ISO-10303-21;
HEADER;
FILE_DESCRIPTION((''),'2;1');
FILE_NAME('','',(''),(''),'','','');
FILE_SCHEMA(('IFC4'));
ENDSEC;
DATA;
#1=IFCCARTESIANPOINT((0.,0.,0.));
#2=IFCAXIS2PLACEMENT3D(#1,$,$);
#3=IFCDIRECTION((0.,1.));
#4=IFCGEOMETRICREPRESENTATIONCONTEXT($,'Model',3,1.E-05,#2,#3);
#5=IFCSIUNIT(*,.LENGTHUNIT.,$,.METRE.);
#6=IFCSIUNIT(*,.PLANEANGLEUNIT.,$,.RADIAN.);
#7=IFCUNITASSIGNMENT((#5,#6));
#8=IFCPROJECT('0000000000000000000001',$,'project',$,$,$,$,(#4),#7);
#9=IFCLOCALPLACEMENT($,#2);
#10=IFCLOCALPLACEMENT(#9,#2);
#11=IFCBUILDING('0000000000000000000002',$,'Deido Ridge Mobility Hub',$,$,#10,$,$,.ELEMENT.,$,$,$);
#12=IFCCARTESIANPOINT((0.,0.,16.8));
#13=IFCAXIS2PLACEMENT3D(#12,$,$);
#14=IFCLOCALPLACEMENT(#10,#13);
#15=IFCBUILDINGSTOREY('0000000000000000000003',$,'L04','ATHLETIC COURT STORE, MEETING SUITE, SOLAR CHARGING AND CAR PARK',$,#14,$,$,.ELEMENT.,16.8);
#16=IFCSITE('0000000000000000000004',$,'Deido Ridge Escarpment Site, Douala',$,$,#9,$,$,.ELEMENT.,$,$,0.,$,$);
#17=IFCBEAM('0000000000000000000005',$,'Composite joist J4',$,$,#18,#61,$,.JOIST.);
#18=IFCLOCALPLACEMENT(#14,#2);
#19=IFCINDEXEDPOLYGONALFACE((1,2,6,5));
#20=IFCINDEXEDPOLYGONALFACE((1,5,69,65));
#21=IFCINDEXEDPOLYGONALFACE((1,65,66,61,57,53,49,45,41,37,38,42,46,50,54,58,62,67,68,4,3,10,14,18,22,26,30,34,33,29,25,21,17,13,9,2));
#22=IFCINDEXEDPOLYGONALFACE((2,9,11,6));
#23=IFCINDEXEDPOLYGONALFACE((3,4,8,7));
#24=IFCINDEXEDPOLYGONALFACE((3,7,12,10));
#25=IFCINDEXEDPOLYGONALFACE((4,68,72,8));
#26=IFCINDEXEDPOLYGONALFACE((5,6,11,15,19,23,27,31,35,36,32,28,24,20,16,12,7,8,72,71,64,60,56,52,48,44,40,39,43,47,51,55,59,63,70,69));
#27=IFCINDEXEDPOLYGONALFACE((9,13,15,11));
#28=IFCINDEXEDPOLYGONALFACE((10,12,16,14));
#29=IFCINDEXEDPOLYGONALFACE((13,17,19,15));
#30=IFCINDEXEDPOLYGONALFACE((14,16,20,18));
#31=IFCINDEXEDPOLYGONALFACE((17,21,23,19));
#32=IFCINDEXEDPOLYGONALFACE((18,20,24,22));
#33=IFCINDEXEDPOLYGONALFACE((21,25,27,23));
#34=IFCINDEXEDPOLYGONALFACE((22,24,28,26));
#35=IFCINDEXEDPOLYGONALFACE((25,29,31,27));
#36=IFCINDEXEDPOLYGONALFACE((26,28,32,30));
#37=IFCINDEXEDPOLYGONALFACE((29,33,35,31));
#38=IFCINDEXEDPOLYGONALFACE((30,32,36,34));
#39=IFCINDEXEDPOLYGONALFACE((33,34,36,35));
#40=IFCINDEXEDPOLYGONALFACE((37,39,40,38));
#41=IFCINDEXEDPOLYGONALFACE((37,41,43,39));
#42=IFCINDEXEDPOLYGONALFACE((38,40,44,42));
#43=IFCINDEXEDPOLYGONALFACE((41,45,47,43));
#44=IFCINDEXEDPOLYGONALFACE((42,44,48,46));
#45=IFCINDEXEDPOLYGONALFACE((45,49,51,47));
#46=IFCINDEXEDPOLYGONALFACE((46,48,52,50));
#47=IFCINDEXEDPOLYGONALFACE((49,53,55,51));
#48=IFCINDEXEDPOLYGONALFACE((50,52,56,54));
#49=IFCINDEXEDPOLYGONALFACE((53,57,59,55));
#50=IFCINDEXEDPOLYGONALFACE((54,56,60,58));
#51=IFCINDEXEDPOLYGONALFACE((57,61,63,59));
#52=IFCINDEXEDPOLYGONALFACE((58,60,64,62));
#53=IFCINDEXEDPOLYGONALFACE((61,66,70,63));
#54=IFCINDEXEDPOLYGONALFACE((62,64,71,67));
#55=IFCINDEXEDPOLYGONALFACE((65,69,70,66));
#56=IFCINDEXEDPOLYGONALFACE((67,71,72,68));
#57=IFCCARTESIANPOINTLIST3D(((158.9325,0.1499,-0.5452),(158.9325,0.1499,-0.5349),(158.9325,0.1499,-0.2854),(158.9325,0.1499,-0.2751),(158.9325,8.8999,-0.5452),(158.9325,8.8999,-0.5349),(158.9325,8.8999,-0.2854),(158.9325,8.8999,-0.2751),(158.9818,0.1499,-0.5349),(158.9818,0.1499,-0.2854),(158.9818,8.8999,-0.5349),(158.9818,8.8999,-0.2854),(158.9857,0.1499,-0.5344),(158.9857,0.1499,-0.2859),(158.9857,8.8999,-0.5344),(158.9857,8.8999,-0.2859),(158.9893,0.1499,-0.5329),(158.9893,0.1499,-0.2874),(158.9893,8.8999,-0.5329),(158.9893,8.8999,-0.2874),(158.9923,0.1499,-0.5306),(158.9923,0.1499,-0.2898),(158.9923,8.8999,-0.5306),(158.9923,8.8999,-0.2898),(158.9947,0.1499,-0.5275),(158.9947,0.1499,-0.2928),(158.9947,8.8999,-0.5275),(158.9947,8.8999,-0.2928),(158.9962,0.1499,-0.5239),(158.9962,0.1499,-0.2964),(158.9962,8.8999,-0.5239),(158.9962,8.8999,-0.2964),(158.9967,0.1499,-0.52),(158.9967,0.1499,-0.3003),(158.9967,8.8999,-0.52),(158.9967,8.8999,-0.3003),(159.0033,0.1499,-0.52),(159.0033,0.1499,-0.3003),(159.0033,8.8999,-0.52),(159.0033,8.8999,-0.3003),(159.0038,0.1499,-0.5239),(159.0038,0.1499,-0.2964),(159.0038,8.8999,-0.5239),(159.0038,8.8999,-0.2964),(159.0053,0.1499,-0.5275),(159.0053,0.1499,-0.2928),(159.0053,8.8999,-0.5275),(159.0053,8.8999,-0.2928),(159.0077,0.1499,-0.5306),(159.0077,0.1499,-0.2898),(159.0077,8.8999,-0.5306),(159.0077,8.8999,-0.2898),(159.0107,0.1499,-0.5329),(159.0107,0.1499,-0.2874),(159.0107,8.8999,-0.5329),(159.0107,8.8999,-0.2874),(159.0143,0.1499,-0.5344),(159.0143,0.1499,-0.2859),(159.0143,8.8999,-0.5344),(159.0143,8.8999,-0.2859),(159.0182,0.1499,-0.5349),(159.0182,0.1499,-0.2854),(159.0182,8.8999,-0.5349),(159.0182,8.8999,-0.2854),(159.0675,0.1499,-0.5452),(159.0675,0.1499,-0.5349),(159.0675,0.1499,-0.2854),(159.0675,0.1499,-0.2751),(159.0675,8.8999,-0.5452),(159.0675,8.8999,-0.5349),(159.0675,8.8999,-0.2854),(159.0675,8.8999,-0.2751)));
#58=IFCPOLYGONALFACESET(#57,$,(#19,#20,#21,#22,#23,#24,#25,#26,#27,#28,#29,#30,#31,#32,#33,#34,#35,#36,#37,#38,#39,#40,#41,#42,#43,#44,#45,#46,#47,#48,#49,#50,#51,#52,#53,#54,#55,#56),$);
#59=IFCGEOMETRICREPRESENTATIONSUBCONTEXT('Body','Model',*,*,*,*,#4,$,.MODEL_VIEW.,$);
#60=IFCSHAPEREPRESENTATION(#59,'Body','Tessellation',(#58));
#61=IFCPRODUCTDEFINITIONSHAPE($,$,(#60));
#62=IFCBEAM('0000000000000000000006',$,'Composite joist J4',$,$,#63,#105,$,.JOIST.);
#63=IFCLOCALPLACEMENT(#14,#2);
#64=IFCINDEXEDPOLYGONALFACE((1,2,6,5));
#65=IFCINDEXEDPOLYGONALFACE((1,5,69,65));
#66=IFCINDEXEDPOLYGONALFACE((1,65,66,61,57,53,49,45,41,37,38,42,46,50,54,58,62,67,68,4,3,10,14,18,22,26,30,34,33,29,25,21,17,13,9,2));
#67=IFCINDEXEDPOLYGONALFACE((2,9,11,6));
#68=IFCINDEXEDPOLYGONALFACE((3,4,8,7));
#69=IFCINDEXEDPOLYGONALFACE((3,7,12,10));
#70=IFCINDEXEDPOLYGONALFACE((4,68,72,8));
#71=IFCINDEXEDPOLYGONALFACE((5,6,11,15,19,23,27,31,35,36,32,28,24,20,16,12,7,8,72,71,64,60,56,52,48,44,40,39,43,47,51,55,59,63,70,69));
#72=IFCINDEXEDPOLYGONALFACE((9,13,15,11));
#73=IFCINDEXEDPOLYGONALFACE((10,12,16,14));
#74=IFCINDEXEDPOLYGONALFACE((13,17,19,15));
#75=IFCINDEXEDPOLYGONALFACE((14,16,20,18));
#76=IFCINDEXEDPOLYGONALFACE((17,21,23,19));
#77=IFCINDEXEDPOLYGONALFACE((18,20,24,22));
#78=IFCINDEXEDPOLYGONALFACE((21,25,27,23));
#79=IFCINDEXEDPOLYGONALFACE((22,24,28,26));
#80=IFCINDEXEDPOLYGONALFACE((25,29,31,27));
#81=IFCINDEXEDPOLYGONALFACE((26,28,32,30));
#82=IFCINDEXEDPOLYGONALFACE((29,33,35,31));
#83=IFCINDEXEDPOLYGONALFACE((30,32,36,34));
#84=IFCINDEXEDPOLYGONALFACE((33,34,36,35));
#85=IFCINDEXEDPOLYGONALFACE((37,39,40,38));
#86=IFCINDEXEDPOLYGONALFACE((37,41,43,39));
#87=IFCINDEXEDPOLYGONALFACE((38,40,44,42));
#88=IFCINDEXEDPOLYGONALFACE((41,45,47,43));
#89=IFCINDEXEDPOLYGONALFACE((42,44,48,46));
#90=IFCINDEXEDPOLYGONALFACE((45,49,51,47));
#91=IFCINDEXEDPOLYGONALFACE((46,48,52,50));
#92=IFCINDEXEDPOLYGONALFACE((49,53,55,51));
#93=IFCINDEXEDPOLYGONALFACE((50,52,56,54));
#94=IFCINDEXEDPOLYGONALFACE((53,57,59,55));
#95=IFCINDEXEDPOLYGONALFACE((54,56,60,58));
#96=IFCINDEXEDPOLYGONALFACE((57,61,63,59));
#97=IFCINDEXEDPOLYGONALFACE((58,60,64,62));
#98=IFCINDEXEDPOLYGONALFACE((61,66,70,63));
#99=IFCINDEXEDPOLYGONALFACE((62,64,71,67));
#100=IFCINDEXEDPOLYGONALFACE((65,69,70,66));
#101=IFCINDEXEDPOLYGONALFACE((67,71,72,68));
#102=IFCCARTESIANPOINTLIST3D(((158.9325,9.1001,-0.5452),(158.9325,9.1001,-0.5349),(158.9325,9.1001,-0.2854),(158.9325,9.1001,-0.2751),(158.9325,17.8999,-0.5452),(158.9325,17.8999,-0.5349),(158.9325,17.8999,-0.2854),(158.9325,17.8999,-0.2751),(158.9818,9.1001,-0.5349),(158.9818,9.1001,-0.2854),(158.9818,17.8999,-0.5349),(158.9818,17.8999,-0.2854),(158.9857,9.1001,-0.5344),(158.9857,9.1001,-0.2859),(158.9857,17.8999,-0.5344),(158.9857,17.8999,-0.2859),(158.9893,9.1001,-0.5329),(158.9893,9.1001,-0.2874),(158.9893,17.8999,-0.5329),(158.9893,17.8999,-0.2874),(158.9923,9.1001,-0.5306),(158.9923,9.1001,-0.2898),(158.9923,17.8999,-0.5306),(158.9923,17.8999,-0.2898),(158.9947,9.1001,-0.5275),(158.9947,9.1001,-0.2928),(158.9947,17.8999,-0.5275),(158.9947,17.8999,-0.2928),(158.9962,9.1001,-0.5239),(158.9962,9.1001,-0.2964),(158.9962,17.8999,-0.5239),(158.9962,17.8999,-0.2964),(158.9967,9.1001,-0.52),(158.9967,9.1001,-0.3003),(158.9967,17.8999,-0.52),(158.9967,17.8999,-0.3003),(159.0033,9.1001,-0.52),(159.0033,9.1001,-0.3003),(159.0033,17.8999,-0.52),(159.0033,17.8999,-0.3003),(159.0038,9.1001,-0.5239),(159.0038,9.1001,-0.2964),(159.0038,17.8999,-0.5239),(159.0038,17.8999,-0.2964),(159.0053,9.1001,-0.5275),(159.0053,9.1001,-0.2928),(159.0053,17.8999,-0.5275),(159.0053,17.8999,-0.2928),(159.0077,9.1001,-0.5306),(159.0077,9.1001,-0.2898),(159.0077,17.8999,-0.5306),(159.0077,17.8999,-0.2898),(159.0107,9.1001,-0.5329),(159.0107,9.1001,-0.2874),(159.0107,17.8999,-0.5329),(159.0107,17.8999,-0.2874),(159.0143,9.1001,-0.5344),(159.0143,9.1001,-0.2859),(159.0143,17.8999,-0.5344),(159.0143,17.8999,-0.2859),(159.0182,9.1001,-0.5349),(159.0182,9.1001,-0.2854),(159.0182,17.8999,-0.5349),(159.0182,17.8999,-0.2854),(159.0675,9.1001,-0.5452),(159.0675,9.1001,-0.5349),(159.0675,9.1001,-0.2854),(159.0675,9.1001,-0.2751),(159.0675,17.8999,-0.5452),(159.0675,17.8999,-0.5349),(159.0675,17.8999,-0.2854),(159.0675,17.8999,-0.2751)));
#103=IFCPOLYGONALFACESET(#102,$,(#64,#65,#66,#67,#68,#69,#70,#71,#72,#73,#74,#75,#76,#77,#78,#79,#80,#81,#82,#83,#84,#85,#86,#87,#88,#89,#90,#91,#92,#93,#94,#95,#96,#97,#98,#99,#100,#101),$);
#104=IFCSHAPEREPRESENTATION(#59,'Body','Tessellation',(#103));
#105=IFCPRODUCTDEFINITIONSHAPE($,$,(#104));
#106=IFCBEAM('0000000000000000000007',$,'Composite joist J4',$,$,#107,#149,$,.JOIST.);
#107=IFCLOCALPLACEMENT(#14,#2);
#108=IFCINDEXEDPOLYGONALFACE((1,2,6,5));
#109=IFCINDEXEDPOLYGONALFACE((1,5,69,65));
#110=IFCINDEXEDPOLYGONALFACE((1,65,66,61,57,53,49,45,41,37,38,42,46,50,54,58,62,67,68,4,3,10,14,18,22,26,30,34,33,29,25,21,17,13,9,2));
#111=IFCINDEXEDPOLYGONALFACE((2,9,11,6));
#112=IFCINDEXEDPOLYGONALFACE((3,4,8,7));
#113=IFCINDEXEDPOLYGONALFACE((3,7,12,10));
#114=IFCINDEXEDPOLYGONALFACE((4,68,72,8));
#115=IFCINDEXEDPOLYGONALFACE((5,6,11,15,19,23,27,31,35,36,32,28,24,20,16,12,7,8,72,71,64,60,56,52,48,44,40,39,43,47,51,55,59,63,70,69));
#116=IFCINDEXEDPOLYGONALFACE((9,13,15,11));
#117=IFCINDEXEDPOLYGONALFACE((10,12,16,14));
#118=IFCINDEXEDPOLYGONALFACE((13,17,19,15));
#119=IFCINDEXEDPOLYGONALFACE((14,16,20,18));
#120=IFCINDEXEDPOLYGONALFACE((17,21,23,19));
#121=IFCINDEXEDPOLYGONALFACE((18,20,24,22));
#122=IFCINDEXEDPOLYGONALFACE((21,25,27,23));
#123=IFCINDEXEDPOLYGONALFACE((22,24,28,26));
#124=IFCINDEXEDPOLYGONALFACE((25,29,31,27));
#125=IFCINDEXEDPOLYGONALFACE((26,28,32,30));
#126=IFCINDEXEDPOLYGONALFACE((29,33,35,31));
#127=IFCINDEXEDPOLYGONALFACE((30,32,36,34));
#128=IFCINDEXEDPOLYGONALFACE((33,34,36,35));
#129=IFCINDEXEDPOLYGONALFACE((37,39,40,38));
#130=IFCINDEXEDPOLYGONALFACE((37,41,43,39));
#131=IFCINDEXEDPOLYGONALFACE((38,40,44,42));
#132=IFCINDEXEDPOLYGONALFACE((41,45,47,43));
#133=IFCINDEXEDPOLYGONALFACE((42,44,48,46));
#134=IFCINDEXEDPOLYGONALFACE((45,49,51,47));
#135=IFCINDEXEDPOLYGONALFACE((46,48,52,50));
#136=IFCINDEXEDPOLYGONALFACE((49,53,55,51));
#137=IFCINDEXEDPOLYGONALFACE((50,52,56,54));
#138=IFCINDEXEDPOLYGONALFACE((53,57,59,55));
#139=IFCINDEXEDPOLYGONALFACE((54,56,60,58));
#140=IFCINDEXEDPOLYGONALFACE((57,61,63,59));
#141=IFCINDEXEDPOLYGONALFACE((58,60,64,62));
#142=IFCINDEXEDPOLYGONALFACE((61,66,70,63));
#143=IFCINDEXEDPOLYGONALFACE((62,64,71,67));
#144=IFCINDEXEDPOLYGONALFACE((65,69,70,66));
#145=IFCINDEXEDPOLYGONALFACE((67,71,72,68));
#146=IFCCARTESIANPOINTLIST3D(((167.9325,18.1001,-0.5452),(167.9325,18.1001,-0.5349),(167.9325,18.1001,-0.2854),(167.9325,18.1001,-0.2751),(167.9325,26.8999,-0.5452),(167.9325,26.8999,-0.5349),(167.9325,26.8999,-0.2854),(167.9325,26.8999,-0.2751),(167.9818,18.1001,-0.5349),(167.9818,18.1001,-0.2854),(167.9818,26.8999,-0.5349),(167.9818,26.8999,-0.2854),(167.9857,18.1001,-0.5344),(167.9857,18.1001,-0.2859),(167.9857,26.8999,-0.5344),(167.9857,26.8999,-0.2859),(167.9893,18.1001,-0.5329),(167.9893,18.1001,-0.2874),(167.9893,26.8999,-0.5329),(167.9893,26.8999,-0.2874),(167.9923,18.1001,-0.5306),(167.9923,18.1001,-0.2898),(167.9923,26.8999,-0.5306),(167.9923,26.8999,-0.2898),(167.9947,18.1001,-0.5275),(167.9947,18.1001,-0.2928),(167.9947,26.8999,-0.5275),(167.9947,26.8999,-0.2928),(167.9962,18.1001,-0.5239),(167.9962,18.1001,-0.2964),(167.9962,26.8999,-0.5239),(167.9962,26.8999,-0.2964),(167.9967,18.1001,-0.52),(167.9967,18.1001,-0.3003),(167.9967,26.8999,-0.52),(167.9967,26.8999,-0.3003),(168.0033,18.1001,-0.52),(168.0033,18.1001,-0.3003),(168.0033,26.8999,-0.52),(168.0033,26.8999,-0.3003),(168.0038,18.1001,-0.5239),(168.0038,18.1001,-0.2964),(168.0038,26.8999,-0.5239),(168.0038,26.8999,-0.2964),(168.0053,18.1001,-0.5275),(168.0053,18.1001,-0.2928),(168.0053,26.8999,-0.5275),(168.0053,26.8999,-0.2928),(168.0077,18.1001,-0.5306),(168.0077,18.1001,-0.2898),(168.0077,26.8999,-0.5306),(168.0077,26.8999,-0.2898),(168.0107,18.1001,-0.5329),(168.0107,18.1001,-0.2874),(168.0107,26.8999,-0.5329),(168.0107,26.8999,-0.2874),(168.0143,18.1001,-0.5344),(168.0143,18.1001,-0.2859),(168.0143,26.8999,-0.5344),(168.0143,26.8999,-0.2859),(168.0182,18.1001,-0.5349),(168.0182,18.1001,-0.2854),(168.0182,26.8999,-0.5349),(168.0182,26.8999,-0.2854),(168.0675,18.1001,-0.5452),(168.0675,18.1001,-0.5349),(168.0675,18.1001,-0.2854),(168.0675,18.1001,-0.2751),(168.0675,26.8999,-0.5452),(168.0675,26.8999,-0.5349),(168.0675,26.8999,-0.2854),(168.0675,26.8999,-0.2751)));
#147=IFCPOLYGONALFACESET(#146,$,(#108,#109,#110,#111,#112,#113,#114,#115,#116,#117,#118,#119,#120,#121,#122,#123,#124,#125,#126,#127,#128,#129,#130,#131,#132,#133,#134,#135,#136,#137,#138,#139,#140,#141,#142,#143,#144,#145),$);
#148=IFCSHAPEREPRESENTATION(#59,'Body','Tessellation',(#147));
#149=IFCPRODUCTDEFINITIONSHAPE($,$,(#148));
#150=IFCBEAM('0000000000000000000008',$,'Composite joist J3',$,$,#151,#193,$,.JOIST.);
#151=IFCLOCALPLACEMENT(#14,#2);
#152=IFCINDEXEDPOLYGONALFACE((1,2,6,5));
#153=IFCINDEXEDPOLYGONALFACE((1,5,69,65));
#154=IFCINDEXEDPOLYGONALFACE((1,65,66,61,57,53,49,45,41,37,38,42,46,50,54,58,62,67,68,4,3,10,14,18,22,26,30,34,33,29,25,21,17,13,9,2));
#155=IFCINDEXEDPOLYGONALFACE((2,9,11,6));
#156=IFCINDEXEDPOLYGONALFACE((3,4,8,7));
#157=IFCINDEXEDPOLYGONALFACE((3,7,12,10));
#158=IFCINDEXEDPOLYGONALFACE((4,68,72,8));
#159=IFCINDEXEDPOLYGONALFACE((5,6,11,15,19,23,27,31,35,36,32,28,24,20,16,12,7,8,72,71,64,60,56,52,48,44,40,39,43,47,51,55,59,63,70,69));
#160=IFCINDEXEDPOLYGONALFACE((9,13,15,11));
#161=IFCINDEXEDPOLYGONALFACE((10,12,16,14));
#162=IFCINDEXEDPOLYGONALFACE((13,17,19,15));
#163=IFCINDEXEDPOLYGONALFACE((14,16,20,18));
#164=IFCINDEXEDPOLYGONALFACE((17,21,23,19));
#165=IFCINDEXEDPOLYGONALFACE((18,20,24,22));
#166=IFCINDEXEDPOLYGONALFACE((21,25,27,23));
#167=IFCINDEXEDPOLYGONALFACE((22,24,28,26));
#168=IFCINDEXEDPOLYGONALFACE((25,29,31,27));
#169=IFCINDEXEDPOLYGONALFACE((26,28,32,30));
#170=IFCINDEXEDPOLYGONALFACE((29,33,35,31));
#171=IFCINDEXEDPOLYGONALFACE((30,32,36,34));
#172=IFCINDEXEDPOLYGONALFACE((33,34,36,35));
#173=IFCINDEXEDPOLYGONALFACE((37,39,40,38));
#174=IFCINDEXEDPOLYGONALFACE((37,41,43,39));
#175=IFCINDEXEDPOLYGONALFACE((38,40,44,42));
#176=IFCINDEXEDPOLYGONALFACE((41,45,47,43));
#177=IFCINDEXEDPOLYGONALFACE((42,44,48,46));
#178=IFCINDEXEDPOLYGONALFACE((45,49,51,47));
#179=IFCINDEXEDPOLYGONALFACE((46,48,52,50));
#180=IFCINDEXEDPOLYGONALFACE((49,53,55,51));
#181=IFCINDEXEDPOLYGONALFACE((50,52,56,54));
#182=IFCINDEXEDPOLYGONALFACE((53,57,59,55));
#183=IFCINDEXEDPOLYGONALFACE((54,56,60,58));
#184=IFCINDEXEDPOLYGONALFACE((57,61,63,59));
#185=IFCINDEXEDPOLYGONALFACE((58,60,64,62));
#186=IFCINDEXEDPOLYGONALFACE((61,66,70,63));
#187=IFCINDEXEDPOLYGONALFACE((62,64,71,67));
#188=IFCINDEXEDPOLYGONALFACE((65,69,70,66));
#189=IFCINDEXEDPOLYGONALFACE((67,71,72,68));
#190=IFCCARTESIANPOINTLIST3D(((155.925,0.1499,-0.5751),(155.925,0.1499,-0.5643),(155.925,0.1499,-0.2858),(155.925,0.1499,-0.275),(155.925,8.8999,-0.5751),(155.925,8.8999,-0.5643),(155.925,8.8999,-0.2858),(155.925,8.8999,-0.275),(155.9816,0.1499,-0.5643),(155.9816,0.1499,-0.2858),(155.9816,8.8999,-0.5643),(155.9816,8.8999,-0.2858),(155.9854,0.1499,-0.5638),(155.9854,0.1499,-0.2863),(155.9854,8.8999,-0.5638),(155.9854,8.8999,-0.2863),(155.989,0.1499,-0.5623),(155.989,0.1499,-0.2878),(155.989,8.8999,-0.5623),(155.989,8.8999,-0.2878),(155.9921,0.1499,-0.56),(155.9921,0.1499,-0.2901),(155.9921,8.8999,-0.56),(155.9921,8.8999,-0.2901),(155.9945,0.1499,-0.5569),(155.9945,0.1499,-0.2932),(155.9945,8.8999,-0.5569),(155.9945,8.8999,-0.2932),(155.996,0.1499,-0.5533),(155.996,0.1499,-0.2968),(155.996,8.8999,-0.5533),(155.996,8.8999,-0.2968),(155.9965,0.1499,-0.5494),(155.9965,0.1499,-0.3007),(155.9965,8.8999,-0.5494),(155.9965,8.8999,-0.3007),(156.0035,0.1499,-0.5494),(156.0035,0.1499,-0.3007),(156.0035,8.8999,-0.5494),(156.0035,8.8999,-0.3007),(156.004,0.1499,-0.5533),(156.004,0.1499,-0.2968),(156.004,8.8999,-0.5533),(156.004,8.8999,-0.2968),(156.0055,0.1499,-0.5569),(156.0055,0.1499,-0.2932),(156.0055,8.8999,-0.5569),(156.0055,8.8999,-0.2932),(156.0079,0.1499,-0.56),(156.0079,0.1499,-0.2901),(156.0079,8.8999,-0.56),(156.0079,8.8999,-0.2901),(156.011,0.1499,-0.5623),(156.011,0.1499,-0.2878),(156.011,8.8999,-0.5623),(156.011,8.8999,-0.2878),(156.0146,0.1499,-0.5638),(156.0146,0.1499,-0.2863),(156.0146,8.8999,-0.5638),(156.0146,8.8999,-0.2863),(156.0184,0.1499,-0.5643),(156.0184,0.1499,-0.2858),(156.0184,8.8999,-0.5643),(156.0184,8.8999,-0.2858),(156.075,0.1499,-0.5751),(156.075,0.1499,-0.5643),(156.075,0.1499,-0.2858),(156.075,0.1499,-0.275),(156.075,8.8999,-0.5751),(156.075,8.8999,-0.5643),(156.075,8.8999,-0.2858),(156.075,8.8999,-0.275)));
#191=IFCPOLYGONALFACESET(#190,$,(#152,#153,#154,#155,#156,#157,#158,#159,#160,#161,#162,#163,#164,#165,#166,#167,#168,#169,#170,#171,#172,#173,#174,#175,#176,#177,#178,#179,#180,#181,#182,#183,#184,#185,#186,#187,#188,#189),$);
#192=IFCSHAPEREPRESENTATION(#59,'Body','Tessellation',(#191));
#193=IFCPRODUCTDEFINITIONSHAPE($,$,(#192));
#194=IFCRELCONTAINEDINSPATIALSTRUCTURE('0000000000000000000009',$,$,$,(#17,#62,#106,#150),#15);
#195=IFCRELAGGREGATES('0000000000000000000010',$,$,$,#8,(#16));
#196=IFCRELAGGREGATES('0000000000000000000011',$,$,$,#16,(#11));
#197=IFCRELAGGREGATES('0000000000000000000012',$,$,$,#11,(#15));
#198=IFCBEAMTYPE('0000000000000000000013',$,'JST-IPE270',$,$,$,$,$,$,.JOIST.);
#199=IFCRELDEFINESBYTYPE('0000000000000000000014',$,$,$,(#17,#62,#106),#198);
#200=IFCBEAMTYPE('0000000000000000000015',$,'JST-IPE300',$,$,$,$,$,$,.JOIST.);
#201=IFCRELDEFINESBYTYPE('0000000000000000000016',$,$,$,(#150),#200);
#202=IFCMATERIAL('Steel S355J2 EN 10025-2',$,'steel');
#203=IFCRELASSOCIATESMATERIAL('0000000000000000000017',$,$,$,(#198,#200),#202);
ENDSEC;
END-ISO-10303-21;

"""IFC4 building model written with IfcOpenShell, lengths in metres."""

from ifc_helpers import new_model, si_unit, direction, frame, origin, origin_2d, place, context, subcontext, project, spatial, i_section, extrude, material, material_profile, profile_set, type_object, element, save


model = new_model("IFC4")

# Units and contexts
model_context = context("Model", 3, precision=1e-05, world=origin(), true_north=direction((0.0, 1.0)))
body_context = subcontext(model_context, "Body", "Model", "MODEL_VIEW")
ifc_project = project(units=[si_unit("LENGTHUNIT", "METRE"), si_unit("PLANEANGLEUNIT", "RADIAN")], contexts=[model_context])

# Site, building, storey
site_placement = place(None, origin())
site = spatial("IfcSite", under=ifc_project, at=site_placement, Name="Deido Ridge Escarpment Site, Douala", CompositionType="ELEMENT", RefElevation=0.0)
building_placement = place(site_placement, origin())
building = spatial("IfcBuilding", under=site, at=building_placement, Name="Deido Ridge Mobility Hub", CompositionType="ELEMENT")
storey_placement = place(building_placement, frame((0.0, 0.0, 16.8)))
storey = spatial("IfcBuildingStorey", under=building, at=storey_placement, Name="L04", Description="ATHLETIC COURT STORE, MEETING SUITE, SOLAR CHARGING AND CAR PARK", CompositionType="ELEMENT", Elevation=16.8)

# Shared definitions
ifc_material_1 = material(Name="Steel S355J2 EN 10025-2", Category="steel")

# Beams
ifc_material_profile_1 = material_profile(ifc_material_1, i_section(OverallWidth=0.135, OverallDepth=0.27, WebThickness=0.0066, FlangeThickness=0.0103, FilletRadius=0.0149, at=origin_2d()), Name="IPE 270")
ifc_profile_set_1 = profile_set([ifc_material_profile_1], Name="Steel S355J2 EN 10025-2")
beam_type_1 = type_object("IfcBeamType", Name="JST-IPE270", PredefinedType="JOIST", material=ifc_profile_set_1)
beam_1_placement = place(storey_placement, frame((159.0, 0.1499, -0.4102), z_axis=(0.0, 1.0, 0.0), x_axis=(-1.0, 0.0, 0.0)))
element("IfcBeam", 1, at=beam_1_placement, inside=storey, type_object=beam_type_1, Name="Composite joist J4", PredefinedType="JOIST", context=body_context, shape_type="SweptSolid", body=[
    extrude(i_section(OverallWidth=0.135, OverallDepth=0.27, WebThickness=0.0066, FlangeThickness=0.0103, FilletRadius=0.0149, at=origin_2d()), origin(), (0.0, 0.0, 1.0), 8.75),
])
for number, where, z_axis, x_axis, name in (
    (2, (159.0, 9.1001, -0.4102), (0.0, 1.0, 0.0), (-1.0, 0.0, 0.0), "Composite joist J4"),
    (3, (168.0, 18.1001, -0.4102), (0.0, 1.0, 0.0), (-1.0, 0.0, 0.0), "Composite joist J4"),
):
    element("IfcBeam", number, at=place(storey_placement, frame(where, z_axis=z_axis, x_axis=x_axis)), inside=storey, type_object=beam_type_1, Name=name, PredefinedType="JOIST", context=body_context, shape_type="SweptSolid", body=[
        extrude(i_section(OverallWidth=0.135, OverallDepth=0.27, WebThickness=0.0066, FlangeThickness=0.0103, FilletRadius=0.0149, at=origin_2d()), origin(), (0.0, 0.0, 1.0), 8.7998),
    ])
ifc_material_profile_2 = material_profile(ifc_material_1, i_section(OverallWidth=0.1499, OverallDepth=0.3, WebThickness=0.0071, FlangeThickness=0.0107, FilletRadius=0.0149, at=origin_2d()), Name="IPE 300")
ifc_profile_set_2 = profile_set([ifc_material_profile_2], Name="Steel S355J2 EN 10025-2")
beam_type_2 = type_object("IfcBeamType", Name="JST-IPE300", PredefinedType="JOIST", material=ifc_profile_set_2)
beam_2_placement = place(storey_placement, frame((156.0, 0.1499, -0.425), z_axis=(0.0, 1.0, 0.0), x_axis=(-1.0, 0.0, 0.0)))
element("IfcBeam", 4, at=beam_2_placement, inside=storey, type_object=beam_type_2, Name="Composite joist J3", PredefinedType="JOIST", context=body_context, shape_type="SweptSolid", body=[
    extrude(i_section(OverallWidth=0.1499, OverallDepth=0.3, WebThickness=0.0071, FlangeThickness=0.0107, FilletRadius=0.0149, at=origin_2d()), origin(), (0.0, 0.0, 1.0), 8.75),
])

save(model, "model.ifc")
